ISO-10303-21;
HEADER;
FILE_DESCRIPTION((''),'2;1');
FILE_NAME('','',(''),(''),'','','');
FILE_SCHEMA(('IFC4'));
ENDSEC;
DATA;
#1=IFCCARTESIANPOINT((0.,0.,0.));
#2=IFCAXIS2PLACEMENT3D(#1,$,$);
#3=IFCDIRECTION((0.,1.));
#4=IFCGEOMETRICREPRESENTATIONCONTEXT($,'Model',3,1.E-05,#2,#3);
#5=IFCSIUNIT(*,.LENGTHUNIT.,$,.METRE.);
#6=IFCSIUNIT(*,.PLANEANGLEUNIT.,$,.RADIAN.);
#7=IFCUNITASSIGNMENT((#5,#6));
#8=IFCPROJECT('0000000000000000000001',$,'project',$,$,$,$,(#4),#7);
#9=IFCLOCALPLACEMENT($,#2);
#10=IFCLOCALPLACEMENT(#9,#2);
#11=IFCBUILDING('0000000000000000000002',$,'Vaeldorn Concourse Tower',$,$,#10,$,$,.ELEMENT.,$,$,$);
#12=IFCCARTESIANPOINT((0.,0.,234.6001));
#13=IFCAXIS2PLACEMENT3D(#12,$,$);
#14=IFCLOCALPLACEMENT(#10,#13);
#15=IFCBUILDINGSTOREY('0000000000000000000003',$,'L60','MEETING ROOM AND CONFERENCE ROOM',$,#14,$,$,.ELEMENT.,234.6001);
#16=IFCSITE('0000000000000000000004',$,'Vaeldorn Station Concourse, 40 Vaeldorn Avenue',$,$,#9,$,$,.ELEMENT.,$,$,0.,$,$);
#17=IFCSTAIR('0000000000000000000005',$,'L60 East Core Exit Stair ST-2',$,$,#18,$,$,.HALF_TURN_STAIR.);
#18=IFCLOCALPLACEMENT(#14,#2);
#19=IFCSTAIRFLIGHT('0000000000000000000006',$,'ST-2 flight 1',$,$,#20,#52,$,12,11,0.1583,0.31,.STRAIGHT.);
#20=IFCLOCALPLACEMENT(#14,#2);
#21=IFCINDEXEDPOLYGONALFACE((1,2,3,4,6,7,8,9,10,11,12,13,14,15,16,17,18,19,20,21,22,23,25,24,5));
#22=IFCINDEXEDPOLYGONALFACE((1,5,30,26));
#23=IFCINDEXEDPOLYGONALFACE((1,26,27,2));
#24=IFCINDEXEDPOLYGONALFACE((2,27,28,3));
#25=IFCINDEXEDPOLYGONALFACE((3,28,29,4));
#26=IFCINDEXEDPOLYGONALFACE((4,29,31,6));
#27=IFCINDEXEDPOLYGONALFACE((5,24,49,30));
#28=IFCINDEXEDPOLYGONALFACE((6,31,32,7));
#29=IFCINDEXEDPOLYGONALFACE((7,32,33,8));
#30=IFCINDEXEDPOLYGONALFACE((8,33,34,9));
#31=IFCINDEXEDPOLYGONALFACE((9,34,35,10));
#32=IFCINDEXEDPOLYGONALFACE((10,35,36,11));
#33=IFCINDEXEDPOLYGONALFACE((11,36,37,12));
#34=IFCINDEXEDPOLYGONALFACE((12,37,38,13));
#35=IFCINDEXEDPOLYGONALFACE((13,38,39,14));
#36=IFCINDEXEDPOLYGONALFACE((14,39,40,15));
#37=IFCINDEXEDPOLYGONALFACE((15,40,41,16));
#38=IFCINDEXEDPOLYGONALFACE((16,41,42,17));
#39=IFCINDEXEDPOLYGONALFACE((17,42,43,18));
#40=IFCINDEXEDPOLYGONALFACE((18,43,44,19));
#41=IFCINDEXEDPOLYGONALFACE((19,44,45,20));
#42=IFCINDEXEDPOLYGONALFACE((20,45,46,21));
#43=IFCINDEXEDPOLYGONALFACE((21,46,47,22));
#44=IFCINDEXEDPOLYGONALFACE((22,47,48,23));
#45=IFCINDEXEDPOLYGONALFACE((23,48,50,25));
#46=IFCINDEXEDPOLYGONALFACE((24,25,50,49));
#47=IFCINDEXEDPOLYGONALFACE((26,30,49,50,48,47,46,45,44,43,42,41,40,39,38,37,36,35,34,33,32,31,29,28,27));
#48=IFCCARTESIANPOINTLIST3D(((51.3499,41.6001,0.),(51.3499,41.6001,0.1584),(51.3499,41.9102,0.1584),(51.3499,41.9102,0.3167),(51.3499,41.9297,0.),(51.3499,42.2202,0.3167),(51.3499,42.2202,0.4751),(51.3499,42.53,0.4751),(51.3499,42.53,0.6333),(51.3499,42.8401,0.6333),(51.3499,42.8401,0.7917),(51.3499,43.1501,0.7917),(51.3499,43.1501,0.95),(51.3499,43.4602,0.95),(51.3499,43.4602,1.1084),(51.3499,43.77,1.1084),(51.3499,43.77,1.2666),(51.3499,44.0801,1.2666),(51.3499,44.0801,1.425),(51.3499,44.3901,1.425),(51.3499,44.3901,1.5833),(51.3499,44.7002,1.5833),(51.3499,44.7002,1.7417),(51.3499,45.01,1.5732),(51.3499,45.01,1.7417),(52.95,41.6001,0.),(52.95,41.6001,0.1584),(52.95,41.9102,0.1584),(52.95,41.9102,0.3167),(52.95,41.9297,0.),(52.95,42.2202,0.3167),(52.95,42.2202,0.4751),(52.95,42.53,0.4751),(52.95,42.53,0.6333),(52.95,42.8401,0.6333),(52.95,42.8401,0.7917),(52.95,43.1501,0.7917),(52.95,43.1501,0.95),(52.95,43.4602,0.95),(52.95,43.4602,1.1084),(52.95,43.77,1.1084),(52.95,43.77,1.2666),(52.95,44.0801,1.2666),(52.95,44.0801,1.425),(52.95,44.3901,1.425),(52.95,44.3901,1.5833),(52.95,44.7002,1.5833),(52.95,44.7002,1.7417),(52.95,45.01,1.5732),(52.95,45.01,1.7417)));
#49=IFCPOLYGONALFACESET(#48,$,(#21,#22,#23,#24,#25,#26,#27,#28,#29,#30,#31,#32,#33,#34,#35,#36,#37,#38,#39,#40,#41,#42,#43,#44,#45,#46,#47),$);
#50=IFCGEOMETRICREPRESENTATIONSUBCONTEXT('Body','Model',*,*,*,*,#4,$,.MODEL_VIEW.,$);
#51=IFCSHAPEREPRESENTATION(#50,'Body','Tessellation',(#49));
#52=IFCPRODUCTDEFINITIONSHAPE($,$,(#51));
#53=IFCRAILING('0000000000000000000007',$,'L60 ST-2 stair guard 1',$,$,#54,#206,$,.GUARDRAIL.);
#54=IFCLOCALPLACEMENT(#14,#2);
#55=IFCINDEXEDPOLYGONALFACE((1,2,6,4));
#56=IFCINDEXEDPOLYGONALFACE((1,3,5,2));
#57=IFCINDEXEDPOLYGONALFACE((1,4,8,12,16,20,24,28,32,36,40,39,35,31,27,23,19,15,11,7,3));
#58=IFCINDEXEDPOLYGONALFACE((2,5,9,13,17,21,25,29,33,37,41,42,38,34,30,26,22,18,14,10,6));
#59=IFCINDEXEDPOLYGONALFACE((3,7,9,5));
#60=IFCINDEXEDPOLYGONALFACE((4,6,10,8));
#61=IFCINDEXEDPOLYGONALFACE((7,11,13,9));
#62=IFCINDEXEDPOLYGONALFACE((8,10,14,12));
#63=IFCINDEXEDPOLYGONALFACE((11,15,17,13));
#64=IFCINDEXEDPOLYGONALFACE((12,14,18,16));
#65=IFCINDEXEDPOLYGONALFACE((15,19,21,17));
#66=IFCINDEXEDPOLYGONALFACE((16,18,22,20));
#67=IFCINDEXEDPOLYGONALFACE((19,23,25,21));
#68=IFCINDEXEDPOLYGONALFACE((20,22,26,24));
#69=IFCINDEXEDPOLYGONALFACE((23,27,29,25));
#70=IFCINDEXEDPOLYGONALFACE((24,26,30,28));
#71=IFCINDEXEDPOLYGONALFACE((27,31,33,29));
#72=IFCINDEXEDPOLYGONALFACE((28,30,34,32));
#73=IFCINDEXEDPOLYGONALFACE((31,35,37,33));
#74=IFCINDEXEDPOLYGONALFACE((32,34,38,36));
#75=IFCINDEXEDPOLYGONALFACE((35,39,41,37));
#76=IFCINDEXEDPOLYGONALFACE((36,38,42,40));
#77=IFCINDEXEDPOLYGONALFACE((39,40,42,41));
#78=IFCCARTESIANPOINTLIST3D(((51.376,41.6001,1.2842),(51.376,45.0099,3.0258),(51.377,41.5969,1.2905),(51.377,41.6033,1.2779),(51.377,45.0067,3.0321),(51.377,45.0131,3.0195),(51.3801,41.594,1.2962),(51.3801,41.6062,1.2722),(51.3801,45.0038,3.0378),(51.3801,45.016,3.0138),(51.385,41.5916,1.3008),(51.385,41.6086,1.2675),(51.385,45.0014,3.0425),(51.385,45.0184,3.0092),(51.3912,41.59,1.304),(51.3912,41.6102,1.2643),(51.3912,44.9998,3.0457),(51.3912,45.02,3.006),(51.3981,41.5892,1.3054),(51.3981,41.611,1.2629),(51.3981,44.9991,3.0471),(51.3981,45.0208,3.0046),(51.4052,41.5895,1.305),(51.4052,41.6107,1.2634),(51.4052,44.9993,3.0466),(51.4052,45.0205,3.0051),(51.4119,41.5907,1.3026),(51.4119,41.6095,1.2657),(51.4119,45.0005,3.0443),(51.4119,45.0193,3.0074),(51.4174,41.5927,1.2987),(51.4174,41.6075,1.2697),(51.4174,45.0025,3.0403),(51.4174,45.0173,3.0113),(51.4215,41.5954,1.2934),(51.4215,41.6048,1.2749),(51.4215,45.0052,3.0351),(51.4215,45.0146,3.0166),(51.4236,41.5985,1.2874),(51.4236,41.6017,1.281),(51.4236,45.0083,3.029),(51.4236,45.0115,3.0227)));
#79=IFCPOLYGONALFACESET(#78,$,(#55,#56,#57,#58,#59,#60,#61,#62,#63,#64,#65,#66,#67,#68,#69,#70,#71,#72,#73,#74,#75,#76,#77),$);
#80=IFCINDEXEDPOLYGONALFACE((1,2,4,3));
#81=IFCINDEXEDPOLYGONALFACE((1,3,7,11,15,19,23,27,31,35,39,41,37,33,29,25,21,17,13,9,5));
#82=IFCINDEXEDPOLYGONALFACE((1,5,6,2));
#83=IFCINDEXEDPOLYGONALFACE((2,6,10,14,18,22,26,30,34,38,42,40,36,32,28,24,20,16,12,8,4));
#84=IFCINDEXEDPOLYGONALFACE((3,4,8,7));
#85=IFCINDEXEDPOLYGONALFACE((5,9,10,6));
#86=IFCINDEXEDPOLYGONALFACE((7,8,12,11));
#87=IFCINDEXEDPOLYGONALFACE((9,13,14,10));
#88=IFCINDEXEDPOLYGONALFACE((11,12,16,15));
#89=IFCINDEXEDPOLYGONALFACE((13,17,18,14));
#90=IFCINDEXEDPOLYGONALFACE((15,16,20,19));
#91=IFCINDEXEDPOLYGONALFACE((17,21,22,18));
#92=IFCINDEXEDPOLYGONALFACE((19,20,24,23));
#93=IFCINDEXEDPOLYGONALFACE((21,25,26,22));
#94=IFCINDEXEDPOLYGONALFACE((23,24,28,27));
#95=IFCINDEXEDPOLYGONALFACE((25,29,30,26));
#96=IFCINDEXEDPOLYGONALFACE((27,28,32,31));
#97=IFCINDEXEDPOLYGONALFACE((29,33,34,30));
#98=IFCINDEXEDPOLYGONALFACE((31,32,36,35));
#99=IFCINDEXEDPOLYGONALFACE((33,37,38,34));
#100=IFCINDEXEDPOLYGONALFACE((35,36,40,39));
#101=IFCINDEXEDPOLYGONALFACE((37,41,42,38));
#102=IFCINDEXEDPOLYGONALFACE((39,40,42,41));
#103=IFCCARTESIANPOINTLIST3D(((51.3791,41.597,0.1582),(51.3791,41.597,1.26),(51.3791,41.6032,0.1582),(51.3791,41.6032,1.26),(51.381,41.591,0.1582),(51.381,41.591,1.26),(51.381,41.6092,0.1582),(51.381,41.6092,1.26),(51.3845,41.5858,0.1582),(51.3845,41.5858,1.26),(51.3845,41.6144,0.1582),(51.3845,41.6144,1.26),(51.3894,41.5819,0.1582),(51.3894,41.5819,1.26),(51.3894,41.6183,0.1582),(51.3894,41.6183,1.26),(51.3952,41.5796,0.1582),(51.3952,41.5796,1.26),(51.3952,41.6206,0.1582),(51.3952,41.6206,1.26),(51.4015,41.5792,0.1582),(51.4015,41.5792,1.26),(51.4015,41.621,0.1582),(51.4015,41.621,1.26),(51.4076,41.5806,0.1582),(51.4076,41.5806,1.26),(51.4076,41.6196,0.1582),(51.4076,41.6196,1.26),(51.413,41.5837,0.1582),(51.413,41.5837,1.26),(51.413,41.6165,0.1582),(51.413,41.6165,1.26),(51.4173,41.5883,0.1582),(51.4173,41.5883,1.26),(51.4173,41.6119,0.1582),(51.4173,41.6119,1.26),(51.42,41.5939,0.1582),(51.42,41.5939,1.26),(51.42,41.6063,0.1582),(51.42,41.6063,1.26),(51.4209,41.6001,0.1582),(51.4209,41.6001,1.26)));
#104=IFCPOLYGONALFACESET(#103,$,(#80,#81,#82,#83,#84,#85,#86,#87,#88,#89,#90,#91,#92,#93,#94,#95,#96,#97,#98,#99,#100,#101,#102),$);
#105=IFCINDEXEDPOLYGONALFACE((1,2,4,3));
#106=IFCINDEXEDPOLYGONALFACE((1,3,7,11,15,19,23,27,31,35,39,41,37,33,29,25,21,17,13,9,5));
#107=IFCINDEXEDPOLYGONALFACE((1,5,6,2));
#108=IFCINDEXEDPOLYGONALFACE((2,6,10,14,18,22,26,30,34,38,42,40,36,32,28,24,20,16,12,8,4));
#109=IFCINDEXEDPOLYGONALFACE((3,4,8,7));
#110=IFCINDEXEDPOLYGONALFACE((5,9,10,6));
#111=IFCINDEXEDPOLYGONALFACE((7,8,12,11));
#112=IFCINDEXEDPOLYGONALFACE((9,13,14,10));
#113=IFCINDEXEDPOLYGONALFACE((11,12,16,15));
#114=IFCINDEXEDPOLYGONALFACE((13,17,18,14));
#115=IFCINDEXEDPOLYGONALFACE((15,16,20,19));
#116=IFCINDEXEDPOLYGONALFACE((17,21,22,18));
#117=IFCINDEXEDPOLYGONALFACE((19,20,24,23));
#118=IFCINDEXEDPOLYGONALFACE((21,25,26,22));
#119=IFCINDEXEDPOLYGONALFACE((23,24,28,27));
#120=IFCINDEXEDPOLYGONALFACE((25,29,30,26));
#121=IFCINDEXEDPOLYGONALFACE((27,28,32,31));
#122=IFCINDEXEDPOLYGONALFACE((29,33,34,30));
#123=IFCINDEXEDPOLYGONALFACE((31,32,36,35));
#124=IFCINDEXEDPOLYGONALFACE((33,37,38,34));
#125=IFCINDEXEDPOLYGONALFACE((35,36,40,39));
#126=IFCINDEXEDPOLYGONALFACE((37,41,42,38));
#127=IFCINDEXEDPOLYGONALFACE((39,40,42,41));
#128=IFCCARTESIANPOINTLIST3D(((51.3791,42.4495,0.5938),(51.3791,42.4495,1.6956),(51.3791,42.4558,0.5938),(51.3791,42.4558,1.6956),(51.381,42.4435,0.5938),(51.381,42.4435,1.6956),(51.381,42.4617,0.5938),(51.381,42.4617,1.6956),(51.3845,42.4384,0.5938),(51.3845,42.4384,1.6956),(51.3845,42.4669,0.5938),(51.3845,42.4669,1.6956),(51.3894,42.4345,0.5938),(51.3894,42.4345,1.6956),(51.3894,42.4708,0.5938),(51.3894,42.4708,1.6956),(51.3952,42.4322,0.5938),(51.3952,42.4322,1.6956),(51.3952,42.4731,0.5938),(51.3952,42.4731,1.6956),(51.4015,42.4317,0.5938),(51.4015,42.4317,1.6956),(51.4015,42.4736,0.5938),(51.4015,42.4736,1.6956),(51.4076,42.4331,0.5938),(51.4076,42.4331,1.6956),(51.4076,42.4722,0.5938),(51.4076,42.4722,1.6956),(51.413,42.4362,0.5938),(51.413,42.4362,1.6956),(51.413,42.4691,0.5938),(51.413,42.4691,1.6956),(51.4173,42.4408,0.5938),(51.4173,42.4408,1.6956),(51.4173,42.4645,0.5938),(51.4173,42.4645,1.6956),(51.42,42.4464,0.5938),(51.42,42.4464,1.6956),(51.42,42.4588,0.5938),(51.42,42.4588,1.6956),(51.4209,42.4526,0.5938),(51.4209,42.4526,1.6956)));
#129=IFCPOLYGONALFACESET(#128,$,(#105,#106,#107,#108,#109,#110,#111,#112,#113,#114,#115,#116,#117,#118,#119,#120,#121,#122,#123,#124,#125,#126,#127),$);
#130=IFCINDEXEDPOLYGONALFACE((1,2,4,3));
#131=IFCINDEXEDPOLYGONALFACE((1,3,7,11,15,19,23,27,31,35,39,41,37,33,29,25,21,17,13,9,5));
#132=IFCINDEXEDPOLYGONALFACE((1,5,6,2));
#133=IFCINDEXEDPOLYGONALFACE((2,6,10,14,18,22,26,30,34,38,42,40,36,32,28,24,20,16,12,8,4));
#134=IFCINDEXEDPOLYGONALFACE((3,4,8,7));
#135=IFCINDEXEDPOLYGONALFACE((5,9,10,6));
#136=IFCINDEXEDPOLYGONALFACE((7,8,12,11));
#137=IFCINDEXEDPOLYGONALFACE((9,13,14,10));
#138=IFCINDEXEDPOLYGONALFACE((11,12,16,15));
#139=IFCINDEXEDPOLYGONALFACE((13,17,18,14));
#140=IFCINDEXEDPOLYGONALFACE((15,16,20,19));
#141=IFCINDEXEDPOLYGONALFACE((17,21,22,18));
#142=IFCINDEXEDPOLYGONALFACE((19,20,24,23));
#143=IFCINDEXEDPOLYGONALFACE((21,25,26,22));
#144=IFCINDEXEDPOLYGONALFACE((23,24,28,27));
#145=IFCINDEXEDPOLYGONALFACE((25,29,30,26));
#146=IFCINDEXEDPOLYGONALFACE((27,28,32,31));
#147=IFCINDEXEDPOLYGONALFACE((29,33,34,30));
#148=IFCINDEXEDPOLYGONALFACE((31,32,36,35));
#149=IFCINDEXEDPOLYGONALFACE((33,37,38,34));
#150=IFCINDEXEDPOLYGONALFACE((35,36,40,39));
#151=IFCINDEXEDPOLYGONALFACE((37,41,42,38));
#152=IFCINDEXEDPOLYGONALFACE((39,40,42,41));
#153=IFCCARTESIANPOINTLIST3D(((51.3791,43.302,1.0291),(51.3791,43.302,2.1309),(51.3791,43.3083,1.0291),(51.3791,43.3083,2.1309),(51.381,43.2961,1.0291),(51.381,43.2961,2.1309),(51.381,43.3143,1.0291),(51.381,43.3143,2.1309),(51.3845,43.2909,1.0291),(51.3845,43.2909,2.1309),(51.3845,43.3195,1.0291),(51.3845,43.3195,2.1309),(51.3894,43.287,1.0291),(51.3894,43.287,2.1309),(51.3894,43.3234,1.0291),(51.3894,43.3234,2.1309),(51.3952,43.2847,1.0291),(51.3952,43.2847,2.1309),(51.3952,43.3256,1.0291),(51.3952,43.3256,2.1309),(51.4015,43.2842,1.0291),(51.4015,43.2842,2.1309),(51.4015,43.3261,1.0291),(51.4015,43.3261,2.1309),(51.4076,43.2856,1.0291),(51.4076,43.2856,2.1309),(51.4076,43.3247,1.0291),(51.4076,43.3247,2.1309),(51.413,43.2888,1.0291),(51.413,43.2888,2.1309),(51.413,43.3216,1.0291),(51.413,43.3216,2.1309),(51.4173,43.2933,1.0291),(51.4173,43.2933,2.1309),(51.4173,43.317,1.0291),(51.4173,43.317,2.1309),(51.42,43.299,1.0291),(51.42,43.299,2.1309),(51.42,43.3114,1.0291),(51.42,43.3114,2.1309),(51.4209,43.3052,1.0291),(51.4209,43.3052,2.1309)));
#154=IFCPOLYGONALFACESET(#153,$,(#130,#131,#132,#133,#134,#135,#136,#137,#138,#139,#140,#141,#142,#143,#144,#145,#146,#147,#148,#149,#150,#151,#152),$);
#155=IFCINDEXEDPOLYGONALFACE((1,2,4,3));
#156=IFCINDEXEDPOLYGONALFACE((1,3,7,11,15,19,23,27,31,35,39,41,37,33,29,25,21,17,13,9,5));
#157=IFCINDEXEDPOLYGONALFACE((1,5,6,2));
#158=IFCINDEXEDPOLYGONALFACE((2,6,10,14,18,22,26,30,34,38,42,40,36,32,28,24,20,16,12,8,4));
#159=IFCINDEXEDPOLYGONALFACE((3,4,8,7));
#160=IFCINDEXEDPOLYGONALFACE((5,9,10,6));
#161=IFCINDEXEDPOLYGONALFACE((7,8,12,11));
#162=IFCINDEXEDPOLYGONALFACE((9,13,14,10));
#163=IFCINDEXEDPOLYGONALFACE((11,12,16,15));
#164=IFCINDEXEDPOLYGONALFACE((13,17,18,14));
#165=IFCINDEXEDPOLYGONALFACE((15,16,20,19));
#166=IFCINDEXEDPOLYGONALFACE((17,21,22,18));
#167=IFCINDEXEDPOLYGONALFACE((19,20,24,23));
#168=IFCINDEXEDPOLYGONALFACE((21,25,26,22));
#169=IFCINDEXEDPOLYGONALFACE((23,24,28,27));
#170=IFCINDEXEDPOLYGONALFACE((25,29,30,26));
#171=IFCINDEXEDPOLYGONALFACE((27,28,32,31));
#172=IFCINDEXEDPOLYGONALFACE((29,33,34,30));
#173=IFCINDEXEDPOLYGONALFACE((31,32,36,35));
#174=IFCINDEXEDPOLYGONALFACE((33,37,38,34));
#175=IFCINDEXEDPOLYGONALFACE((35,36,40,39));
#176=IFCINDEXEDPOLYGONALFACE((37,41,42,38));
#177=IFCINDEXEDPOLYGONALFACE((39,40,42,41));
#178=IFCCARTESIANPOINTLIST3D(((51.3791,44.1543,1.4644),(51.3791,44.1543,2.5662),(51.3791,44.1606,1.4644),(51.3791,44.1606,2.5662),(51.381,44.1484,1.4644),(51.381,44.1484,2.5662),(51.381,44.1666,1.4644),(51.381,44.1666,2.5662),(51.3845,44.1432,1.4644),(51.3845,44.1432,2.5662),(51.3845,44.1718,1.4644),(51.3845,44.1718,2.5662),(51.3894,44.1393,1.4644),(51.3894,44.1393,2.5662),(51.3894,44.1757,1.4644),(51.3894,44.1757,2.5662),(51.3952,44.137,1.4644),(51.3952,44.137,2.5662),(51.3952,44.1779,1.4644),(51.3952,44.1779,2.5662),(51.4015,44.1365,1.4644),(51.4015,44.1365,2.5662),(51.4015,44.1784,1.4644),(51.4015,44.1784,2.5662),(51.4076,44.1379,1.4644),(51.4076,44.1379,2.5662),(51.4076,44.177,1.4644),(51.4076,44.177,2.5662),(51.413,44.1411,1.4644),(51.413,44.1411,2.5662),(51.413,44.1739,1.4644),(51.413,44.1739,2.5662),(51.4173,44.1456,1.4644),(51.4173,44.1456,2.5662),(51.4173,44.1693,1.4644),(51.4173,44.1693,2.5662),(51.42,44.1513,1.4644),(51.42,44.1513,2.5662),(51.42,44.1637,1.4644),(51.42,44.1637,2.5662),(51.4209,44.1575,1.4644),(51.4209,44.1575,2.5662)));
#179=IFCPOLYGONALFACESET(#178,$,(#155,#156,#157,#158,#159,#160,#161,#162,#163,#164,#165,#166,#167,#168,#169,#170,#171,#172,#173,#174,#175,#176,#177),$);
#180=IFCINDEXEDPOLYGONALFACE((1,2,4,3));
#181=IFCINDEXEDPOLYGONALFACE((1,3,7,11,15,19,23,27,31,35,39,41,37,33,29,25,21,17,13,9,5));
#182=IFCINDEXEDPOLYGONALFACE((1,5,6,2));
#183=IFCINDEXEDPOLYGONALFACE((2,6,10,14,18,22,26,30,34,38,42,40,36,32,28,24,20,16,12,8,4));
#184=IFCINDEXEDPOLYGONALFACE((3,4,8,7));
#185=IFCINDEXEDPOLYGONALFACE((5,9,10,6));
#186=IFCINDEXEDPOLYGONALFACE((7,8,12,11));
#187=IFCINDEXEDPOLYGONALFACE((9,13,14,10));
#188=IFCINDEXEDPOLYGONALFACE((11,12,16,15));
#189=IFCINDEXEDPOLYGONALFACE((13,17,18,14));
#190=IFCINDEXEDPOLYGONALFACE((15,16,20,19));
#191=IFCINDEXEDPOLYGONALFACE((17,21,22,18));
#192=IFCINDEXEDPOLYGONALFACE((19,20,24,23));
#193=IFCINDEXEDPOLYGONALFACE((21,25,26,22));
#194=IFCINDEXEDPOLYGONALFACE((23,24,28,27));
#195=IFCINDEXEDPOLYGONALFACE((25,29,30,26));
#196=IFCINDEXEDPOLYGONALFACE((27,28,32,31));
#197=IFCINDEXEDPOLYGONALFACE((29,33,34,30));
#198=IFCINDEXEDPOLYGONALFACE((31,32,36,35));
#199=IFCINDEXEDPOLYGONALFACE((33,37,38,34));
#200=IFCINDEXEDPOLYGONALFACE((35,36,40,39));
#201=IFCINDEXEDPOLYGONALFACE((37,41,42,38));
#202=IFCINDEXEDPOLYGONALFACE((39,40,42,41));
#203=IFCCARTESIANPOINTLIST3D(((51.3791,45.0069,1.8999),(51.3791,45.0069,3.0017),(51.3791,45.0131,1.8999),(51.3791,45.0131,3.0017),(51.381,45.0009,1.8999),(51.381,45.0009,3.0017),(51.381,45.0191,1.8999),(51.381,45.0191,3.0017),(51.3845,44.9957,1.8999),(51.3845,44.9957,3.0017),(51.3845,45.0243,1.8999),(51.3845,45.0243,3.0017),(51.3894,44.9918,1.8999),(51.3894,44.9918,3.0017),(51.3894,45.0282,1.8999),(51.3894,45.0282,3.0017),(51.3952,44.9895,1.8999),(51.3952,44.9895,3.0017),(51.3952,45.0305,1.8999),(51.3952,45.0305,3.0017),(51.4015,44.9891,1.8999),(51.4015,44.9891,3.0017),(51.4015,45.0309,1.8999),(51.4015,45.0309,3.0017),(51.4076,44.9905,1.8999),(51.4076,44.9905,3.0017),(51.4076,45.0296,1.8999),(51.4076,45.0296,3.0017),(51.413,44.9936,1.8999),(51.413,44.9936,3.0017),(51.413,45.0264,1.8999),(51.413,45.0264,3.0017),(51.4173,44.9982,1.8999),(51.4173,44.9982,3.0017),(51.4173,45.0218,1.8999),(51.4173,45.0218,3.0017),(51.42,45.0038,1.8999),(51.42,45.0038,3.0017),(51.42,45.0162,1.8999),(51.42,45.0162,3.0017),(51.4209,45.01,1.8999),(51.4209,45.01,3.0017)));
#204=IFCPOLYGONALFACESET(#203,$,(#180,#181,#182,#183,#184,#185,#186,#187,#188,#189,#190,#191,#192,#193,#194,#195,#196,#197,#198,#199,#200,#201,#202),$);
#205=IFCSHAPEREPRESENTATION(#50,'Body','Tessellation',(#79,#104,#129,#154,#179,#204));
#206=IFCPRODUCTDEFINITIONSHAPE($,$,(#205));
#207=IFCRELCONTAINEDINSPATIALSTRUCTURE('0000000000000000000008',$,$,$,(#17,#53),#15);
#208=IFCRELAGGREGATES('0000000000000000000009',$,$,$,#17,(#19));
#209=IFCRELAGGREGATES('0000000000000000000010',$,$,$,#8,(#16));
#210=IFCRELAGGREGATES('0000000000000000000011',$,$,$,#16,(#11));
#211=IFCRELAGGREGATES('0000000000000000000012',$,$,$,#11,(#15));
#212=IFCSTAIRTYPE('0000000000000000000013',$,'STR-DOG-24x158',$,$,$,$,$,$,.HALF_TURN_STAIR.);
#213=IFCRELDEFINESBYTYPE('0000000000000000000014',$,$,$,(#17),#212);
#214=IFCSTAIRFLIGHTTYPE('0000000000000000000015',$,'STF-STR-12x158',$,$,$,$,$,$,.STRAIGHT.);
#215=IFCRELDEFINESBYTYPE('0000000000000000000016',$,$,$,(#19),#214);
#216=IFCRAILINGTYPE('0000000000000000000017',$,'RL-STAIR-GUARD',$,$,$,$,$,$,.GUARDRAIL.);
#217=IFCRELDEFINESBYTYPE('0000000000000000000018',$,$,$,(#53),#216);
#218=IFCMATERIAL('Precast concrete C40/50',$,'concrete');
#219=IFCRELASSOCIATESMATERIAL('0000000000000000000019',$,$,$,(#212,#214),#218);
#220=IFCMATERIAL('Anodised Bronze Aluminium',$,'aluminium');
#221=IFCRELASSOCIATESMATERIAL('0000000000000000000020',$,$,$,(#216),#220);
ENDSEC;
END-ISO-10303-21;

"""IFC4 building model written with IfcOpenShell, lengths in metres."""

from ifc_helpers import new_model, si_unit, direction, frame, origin, origin_2d, place, context, subcontext, project, spatial, polyline, circle, outline, extrude, material, type_object, element, aggregate, save


model = new_model("IFC4")

# Units and contexts
model_context = context("Model", 3, precision=1e-05, world=origin(), true_north=direction((0.0, 1.0)))
body_context = subcontext(model_context, "Body", "Model", "MODEL_VIEW")
ifc_project = project(units=[si_unit("LENGTHUNIT", "METRE"), si_unit("PLANEANGLEUNIT", "RADIAN")], contexts=[model_context])

# Site, building, storey
site_placement = place(None, origin())
site = spatial("IfcSite", under=ifc_project, at=site_placement, Name="Vaeldorn Station Concourse, 40 Vaeldorn Avenue", CompositionType="ELEMENT", RefElevation=0.0)
building_placement = place(site_placement, origin())
building = spatial("IfcBuilding", under=site, at=building_placement, Name="Vaeldorn Concourse Tower", CompositionType="ELEMENT")
storey_placement = place(building_placement, frame((0.0, 0.0, 234.6001)))
storey = spatial("IfcBuildingStorey", under=building, at=storey_placement, Name="L60", Description="MEETING ROOM AND CONFERENCE ROOM", CompositionType="ELEMENT", Elevation=234.6001)

# Shared definitions
ifc_material_1 = material(Name="Anodised Bronze Aluminium", Category="aluminium")

# Stair, stair flight
ifc_material_2 = material(Name="Precast concrete C40/50", Category="concrete")
stair_type = type_object("IfcStairType", Name="STR-DOG-24x158", PredefinedType="HALF_TURN_STAIR", material=ifc_material_2)
stair_placement = place(storey_placement, origin())
stair = element("IfcStair", 1, at=stair_placement, inside=storey, type_object=stair_type, Name="L60 East Core Exit Stair ST-2", PredefinedType="HALF_TURN_STAIR")
stair_flight_type = type_object("IfcStairFlightType", Name="STF-STR-12x158", PredefinedType="STRAIGHT", material=ifc_material_2)
stair_flight_placement = place(storey_placement, frame((52.1499, 41.6001, 0.0), z_axis=(0.0, 0.0, 1.0), x_axis=(0.0, 1.0, 0.0)))
stair_flight = element("IfcStairFlight", 2, at=stair_flight_placement, type_object=stair_flight_type, Name="ST-2 flight 1", NumberOfRisers=12, NumberOfTreads=11, PredefinedType="STRAIGHT", RiserHeight=0.1583, TreadLength=0.31, context=body_context, shape_type="SweptSolid", body=[
    extrude(outline(polyline([(0.0, 0.0), (0.0, 0.1584), (0.3101, 0.1584), (0.3101, 0.3167), (0.6201, 0.3167), (0.6201, 0.4751), (0.9299, 0.4751), (0.9299, 0.6333), (1.24, 0.6333), (1.24, 0.7917), (1.55, 0.7917), (1.55, 0.95), (1.8601, 0.95), (1.8601, 1.1084), (2.1699, 1.1084), (2.1699, 1.2666), (2.48, 1.2666), (2.48, 1.425), (2.79, 1.425), (2.79, 1.5833), (3.1001, 1.5833), (3.1001, 1.7417), (3.4099, 1.7417), (3.4099, 1.8999), (3.4099, 1.5732), (0.3296, 0.0), (0.0, 0.0)])), frame((0.0, 0.8, 0.0), z_axis=(0.0, -1.0, 0.0), x_axis=(1.0, 0.0, 0.0)), (0.0, 0.0, 1.0), 1.6001),
])
aggregate(stair, [stair_flight])

# Railing
railing_type_1 = type_object("IfcRailingType", Name="RL-STAIR-GUARD", PredefinedType="GUARDRAIL", material=ifc_material_1)
railing_1_placement = place(storey_placement, frame((51.3999, 41.6001, 0.1582)))
element("IfcRailing", 3, at=railing_1_placement, inside=storey, type_object=railing_type_1, Name="L60 ST-2 stair guard 1", PredefinedType="GUARDRAIL", context=body_context, shape_type="SweptSolid", body=[
    extrude(circle(Radius=0.0239, at=origin_2d()), frame((0.0, 0.0, 1.126), z_axis=(0.0, 0.890556, 0.454874), x_axis=(-1.0, 0.0, 0.0)), (0.0, 0.0, 1.0), 3.8289),
    extrude(circle(Radius=0.021, at=origin_2d()), origin(), (0.0, 0.0, 1.0), 1.1018),
    extrude(circle(Radius=0.021, at=origin_2d()), frame((0.0, 0.8525, 0.4355)), (0.0, 0.0, 1.0), 1.1018),
    extrude(circle(Radius=0.021, at=origin_2d()), frame((0.0, 1.7051, 0.8708)), (0.0, 0.0, 1.0), 1.1018),
    extrude(circle(Radius=0.021, at=origin_2d()), frame((0.0, 2.5574, 1.3062)), (0.0, 0.0, 1.0), 1.1018),
    extrude(circle(Radius=0.021, at=origin_2d()), frame((0.0, 3.4099, 1.7417)), (0.0, 0.0, 1.0), 1.1018),
])

save(model, "model.ifc")
